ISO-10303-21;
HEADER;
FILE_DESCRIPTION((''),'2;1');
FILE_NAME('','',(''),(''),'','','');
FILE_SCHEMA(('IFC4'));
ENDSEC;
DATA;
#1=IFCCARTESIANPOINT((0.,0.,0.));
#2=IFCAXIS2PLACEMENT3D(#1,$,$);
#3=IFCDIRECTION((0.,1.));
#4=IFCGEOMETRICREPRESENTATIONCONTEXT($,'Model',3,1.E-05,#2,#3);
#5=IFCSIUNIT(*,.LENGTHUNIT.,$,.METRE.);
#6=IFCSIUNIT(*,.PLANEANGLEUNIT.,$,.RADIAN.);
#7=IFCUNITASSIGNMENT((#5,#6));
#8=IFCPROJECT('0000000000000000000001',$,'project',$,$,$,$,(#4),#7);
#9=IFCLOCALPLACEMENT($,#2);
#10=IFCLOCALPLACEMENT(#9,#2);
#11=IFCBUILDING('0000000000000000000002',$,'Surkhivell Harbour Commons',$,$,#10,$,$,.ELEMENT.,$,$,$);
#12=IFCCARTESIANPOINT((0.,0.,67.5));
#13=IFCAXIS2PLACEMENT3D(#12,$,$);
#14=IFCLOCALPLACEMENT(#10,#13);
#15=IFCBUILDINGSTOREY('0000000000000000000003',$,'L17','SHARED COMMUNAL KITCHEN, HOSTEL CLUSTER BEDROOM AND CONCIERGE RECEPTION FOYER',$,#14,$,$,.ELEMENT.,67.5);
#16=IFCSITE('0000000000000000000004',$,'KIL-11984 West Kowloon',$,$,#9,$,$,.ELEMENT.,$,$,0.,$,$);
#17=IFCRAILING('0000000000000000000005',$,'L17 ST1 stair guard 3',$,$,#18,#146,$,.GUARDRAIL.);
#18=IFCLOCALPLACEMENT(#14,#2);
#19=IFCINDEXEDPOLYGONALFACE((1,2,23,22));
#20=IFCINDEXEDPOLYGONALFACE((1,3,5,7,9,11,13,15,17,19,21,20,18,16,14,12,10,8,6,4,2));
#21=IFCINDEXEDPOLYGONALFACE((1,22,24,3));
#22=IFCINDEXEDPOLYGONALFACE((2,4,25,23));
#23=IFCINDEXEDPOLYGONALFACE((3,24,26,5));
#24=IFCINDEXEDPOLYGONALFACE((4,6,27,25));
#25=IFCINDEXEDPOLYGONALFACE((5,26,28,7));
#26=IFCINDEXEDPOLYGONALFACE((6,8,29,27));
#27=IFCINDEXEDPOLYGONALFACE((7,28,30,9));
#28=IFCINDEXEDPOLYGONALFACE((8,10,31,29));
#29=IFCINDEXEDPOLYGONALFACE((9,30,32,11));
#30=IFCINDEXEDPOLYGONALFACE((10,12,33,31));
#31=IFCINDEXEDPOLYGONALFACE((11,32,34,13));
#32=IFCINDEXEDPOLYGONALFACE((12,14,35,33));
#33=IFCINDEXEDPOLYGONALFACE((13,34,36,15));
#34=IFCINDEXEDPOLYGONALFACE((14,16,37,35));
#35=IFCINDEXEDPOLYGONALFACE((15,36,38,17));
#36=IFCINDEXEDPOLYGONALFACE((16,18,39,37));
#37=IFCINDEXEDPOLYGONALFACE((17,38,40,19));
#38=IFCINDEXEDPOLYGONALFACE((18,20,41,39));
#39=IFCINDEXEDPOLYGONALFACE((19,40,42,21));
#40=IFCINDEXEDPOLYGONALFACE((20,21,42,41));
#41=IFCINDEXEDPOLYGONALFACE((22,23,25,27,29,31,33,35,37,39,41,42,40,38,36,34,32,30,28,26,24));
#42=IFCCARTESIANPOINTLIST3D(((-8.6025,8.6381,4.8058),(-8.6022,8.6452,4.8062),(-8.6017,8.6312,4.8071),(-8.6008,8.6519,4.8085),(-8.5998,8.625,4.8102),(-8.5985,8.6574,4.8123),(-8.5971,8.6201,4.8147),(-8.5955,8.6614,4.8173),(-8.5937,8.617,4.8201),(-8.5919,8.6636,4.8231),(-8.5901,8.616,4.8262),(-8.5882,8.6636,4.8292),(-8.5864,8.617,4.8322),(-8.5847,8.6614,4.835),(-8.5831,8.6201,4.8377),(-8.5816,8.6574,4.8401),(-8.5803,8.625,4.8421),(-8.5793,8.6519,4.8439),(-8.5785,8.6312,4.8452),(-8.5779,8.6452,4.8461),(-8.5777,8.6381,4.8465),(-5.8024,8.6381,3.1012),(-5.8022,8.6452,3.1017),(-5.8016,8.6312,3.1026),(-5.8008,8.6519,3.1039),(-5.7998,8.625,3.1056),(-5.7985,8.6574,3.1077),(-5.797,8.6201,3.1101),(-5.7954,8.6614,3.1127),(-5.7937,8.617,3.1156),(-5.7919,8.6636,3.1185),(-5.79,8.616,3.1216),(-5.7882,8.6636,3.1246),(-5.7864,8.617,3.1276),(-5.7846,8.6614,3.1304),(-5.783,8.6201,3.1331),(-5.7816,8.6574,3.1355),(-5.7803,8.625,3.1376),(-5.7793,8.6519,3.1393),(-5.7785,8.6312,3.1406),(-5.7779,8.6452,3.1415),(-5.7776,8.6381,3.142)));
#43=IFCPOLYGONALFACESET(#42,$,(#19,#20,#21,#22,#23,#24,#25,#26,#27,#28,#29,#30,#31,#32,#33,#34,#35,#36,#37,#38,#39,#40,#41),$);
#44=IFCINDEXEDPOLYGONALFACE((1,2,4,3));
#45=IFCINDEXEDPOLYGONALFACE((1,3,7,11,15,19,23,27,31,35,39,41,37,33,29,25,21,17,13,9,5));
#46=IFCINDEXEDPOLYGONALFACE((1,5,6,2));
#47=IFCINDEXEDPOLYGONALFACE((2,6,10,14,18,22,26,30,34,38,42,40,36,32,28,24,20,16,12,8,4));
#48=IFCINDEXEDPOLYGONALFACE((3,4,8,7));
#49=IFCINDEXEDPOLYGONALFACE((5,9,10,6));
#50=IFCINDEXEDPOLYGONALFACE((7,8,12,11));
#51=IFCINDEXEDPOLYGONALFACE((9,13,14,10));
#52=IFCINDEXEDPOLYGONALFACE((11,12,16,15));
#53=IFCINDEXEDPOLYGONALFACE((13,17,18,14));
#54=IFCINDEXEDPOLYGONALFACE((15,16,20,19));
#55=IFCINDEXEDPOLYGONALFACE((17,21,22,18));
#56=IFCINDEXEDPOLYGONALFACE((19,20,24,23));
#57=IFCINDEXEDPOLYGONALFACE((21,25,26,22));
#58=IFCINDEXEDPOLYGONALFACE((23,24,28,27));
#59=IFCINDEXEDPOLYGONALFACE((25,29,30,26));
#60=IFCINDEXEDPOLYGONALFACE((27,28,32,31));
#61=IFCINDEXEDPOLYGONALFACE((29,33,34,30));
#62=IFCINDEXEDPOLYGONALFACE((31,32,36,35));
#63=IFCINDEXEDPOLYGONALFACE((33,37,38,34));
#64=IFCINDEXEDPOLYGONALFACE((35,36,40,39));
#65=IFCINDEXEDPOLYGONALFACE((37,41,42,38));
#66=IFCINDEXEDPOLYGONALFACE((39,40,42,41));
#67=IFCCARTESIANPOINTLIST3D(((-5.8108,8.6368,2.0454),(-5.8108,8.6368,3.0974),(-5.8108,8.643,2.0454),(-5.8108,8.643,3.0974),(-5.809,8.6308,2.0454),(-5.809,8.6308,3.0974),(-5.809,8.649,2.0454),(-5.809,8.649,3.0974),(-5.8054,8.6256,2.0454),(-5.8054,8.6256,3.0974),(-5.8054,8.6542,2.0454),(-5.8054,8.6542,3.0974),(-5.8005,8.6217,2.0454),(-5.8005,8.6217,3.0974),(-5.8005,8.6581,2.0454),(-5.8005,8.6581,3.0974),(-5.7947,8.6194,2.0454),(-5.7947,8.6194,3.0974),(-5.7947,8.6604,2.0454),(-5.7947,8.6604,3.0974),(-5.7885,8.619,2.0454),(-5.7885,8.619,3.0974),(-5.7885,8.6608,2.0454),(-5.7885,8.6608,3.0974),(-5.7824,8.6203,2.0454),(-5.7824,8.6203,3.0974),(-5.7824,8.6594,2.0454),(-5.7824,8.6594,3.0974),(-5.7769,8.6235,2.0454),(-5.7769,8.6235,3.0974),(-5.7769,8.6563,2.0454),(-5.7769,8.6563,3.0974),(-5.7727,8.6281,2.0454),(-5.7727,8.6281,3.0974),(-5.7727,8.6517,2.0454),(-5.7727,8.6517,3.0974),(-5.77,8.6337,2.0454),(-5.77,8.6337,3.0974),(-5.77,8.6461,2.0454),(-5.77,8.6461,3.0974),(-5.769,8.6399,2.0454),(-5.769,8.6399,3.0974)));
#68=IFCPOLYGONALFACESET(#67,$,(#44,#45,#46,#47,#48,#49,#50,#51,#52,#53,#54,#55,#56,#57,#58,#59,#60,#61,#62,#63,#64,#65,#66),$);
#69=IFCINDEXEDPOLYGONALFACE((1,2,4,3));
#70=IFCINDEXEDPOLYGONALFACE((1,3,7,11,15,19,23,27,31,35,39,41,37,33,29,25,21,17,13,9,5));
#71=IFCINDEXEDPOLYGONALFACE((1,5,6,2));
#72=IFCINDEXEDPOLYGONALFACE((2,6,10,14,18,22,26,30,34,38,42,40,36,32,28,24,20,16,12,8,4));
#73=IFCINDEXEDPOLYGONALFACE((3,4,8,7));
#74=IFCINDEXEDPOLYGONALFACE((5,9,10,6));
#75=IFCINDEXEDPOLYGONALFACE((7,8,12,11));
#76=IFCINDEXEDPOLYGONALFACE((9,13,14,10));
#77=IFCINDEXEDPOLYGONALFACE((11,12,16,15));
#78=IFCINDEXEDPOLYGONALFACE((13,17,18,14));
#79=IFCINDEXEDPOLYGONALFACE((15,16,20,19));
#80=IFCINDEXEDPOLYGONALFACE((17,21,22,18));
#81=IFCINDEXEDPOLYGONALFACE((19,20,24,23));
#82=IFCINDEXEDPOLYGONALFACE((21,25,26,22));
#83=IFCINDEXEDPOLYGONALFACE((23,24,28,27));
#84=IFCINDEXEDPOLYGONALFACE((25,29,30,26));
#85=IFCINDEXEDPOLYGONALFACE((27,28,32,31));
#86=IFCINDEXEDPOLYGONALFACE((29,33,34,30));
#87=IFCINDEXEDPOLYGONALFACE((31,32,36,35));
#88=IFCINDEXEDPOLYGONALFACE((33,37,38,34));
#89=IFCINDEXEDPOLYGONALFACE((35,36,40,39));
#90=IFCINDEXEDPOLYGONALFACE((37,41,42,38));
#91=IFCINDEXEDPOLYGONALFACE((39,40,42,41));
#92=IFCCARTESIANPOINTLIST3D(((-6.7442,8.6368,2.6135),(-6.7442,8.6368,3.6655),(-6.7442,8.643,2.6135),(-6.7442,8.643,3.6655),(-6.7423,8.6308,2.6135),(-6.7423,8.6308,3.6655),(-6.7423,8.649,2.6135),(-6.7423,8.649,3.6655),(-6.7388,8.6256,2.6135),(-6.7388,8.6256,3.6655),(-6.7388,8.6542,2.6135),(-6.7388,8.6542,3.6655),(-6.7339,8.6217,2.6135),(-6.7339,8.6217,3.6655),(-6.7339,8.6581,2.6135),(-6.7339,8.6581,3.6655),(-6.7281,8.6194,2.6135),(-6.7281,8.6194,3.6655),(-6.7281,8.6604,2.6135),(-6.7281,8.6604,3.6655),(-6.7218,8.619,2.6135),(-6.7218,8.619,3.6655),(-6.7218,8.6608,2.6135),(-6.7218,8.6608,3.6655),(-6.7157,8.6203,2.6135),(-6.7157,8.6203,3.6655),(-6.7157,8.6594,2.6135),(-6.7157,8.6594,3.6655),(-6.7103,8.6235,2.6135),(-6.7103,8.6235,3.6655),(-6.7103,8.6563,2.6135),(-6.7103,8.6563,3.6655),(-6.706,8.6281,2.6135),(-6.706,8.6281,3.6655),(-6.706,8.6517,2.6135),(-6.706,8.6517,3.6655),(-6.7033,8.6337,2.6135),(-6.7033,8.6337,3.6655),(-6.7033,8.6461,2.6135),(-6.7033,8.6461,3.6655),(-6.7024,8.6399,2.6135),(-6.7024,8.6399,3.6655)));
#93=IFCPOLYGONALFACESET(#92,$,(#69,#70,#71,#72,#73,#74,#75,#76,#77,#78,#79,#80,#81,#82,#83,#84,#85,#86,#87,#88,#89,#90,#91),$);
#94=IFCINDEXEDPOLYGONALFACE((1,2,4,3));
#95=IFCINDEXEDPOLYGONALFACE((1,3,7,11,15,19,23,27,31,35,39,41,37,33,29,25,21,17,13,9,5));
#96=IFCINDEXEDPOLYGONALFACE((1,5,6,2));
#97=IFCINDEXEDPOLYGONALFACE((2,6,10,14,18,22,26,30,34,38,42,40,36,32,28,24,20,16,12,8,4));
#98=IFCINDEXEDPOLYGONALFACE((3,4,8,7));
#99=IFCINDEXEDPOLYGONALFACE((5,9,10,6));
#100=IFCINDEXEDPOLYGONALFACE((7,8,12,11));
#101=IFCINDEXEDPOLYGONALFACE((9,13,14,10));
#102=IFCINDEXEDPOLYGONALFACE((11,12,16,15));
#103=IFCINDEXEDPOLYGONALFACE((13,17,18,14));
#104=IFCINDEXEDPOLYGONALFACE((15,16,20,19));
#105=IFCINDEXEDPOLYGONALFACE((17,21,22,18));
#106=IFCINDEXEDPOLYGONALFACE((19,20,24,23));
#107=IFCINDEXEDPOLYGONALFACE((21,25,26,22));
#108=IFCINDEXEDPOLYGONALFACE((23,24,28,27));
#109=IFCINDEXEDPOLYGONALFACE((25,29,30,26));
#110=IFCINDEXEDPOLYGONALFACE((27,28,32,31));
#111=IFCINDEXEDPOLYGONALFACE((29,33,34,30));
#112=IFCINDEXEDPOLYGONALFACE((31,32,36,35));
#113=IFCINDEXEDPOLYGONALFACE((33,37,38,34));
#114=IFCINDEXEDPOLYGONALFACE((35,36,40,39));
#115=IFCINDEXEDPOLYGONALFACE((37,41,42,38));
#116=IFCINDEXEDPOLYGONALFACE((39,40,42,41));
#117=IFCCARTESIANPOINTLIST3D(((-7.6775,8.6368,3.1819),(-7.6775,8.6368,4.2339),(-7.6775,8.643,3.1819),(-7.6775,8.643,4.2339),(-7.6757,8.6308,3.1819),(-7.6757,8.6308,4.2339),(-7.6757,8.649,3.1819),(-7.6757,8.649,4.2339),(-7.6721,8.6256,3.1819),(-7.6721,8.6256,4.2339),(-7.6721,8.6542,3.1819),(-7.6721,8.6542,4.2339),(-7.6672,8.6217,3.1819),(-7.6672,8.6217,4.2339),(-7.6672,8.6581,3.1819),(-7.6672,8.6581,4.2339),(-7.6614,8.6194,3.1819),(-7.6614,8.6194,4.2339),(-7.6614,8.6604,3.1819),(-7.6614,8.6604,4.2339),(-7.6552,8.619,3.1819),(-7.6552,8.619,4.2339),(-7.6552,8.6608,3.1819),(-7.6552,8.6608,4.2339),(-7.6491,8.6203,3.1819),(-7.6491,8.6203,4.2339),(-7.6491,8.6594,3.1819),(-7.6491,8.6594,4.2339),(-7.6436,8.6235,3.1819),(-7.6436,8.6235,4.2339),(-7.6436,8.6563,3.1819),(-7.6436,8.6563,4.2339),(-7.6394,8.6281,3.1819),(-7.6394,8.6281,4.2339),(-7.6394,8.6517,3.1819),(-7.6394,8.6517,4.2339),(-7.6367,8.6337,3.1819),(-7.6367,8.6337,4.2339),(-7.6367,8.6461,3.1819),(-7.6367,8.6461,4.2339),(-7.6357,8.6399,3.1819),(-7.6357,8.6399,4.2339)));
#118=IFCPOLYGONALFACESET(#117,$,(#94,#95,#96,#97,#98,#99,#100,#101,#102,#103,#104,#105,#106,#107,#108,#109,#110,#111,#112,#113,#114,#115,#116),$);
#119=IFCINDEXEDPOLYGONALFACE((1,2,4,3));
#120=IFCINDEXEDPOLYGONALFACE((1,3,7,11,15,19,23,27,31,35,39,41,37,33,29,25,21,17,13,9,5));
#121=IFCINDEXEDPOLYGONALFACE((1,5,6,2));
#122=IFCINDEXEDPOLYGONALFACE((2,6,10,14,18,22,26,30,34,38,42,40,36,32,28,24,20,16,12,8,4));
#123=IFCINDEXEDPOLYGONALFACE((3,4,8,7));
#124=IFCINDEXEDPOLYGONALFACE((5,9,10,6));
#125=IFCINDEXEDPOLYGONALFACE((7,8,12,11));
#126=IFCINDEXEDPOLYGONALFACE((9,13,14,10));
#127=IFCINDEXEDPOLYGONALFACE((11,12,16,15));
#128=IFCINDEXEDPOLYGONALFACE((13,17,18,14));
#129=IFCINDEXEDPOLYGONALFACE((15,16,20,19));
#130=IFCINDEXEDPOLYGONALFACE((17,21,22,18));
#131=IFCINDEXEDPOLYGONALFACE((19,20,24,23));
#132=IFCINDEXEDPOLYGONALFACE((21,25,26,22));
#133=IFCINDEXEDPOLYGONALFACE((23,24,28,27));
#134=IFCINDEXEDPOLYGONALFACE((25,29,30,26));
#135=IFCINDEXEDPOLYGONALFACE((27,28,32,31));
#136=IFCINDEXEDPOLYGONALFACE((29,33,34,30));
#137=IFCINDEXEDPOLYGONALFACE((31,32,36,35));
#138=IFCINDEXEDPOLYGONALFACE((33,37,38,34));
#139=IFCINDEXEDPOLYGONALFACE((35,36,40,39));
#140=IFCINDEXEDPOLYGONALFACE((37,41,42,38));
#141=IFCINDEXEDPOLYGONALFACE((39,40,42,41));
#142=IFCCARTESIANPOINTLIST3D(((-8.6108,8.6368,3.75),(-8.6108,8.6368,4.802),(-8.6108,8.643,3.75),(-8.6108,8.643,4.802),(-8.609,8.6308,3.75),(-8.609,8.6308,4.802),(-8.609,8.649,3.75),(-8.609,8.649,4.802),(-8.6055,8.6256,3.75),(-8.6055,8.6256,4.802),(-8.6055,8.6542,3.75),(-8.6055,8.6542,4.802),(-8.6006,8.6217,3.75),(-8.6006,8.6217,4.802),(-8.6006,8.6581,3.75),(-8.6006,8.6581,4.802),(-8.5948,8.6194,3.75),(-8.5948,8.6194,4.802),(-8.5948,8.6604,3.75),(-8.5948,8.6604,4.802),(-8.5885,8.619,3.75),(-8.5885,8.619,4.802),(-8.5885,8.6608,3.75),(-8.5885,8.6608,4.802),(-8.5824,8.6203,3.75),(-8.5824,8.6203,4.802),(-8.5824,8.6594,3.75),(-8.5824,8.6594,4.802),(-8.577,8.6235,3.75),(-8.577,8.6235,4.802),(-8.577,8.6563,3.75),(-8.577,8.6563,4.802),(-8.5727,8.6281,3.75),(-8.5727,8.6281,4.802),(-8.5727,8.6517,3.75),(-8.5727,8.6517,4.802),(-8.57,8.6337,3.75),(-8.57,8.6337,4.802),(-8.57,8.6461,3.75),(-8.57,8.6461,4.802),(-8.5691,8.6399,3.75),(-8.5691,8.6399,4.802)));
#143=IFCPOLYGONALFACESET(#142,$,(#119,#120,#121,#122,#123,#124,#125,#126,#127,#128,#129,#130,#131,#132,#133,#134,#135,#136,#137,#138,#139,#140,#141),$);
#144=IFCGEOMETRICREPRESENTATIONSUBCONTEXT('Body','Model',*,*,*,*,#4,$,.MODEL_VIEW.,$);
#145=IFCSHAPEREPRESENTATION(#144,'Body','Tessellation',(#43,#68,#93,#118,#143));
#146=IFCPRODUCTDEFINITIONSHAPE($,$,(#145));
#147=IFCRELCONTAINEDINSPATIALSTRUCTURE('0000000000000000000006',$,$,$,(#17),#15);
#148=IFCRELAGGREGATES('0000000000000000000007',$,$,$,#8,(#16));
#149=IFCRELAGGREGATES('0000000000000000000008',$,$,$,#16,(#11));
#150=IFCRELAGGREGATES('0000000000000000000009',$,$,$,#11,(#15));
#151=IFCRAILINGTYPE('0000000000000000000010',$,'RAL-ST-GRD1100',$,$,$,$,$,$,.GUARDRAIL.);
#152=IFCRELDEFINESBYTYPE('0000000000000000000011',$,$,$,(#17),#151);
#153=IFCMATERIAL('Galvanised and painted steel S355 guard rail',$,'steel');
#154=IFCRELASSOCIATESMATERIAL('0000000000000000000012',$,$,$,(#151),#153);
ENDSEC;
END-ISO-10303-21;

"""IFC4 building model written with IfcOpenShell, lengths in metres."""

from ifc_helpers import new_model, si_unit, direction, frame, origin, origin_2d, place, context, subcontext, project, spatial, circle, extrude, material, type_object, element, save


model = new_model("IFC4")

# Units and contexts
model_context = context("Model", 3, precision=1e-05, world=origin(), true_north=direction((0.0, 1.0)))
body_context = subcontext(model_context, "Body", "Model", "MODEL_VIEW")
ifc_project = project(units=[si_unit("LENGTHUNIT", "METRE"), si_unit("PLANEANGLEUNIT", "RADIAN")], contexts=[model_context])

# Site, building, storey
site_placement = place(None, origin())
site = spatial("IfcSite", under=ifc_project, at=site_placement, Name="KIL-11984 West Kowloon", CompositionType="ELEMENT", RefElevation=0.0)
building_placement = place(site_placement, origin())
building = spatial("IfcBuilding", under=site, at=building_placement, Name="Surkhivell Harbour Commons", CompositionType="ELEMENT")
storey_placement = place(building_placement, frame((0.0, 0.0, 67.5)))
storey = spatial("IfcBuildingStorey", under=building, at=storey_placement, Name="L17", Description="SHARED COMMUNAL KITCHEN, HOSTEL CLUSTER BEDROOM AND CONCIERGE RECEPTION FOYER", CompositionType="ELEMENT", Elevation=67.5)

# Railing
ifc_material_1 = material(Name="Galvanised and painted steel S355 guard rail", Category="steel")
railing_type_1 = type_object("IfcRailingType", Name="RAL-ST-GRD1100", PredefinedType="GUARDRAIL", material=ifc_material_1)
railing_1_placement = place(storey_placement, frame((-5.79, 8.6399, 2.0454)))
element("IfcRailing", 1, at=railing_1_placement, inside=storey, type_object=railing_type_1, Name="L17 ST1 stair guard 3", PredefinedType="GUARDRAIL", context=body_context, shape_type="SweptSolid", body=[
    extrude(circle(Radius=0.0239, at=origin_2d()), frame((0.0, 0.0, 1.0762), z_axis=(-0.85417, 0.0, 0.519994), x_axis=(0.0, -1.0, 0.0)), (0.0, 0.0, 1.0), 3.2781),
    extrude(circle(Radius=0.021, at=origin_2d()), origin(), (0.0, 0.0, 1.0), 1.052),
    extrude(circle(Radius=0.021, at=origin_2d()), frame((-0.9333, 0.0, 0.5681)), (0.0, 0.0, 1.0), 1.052),
    extrude(circle(Radius=0.021, at=origin_2d()), frame((-1.8667, 0.0, 1.1365)), (0.0, 0.0, 1.0), 1.052),
    extrude(circle(Radius=0.021, at=origin_2d()), frame((-2.8, 0.0, 1.7046)), (0.0, 0.0, 1.0), 1.052),
])

save(model, "model.ifc")
